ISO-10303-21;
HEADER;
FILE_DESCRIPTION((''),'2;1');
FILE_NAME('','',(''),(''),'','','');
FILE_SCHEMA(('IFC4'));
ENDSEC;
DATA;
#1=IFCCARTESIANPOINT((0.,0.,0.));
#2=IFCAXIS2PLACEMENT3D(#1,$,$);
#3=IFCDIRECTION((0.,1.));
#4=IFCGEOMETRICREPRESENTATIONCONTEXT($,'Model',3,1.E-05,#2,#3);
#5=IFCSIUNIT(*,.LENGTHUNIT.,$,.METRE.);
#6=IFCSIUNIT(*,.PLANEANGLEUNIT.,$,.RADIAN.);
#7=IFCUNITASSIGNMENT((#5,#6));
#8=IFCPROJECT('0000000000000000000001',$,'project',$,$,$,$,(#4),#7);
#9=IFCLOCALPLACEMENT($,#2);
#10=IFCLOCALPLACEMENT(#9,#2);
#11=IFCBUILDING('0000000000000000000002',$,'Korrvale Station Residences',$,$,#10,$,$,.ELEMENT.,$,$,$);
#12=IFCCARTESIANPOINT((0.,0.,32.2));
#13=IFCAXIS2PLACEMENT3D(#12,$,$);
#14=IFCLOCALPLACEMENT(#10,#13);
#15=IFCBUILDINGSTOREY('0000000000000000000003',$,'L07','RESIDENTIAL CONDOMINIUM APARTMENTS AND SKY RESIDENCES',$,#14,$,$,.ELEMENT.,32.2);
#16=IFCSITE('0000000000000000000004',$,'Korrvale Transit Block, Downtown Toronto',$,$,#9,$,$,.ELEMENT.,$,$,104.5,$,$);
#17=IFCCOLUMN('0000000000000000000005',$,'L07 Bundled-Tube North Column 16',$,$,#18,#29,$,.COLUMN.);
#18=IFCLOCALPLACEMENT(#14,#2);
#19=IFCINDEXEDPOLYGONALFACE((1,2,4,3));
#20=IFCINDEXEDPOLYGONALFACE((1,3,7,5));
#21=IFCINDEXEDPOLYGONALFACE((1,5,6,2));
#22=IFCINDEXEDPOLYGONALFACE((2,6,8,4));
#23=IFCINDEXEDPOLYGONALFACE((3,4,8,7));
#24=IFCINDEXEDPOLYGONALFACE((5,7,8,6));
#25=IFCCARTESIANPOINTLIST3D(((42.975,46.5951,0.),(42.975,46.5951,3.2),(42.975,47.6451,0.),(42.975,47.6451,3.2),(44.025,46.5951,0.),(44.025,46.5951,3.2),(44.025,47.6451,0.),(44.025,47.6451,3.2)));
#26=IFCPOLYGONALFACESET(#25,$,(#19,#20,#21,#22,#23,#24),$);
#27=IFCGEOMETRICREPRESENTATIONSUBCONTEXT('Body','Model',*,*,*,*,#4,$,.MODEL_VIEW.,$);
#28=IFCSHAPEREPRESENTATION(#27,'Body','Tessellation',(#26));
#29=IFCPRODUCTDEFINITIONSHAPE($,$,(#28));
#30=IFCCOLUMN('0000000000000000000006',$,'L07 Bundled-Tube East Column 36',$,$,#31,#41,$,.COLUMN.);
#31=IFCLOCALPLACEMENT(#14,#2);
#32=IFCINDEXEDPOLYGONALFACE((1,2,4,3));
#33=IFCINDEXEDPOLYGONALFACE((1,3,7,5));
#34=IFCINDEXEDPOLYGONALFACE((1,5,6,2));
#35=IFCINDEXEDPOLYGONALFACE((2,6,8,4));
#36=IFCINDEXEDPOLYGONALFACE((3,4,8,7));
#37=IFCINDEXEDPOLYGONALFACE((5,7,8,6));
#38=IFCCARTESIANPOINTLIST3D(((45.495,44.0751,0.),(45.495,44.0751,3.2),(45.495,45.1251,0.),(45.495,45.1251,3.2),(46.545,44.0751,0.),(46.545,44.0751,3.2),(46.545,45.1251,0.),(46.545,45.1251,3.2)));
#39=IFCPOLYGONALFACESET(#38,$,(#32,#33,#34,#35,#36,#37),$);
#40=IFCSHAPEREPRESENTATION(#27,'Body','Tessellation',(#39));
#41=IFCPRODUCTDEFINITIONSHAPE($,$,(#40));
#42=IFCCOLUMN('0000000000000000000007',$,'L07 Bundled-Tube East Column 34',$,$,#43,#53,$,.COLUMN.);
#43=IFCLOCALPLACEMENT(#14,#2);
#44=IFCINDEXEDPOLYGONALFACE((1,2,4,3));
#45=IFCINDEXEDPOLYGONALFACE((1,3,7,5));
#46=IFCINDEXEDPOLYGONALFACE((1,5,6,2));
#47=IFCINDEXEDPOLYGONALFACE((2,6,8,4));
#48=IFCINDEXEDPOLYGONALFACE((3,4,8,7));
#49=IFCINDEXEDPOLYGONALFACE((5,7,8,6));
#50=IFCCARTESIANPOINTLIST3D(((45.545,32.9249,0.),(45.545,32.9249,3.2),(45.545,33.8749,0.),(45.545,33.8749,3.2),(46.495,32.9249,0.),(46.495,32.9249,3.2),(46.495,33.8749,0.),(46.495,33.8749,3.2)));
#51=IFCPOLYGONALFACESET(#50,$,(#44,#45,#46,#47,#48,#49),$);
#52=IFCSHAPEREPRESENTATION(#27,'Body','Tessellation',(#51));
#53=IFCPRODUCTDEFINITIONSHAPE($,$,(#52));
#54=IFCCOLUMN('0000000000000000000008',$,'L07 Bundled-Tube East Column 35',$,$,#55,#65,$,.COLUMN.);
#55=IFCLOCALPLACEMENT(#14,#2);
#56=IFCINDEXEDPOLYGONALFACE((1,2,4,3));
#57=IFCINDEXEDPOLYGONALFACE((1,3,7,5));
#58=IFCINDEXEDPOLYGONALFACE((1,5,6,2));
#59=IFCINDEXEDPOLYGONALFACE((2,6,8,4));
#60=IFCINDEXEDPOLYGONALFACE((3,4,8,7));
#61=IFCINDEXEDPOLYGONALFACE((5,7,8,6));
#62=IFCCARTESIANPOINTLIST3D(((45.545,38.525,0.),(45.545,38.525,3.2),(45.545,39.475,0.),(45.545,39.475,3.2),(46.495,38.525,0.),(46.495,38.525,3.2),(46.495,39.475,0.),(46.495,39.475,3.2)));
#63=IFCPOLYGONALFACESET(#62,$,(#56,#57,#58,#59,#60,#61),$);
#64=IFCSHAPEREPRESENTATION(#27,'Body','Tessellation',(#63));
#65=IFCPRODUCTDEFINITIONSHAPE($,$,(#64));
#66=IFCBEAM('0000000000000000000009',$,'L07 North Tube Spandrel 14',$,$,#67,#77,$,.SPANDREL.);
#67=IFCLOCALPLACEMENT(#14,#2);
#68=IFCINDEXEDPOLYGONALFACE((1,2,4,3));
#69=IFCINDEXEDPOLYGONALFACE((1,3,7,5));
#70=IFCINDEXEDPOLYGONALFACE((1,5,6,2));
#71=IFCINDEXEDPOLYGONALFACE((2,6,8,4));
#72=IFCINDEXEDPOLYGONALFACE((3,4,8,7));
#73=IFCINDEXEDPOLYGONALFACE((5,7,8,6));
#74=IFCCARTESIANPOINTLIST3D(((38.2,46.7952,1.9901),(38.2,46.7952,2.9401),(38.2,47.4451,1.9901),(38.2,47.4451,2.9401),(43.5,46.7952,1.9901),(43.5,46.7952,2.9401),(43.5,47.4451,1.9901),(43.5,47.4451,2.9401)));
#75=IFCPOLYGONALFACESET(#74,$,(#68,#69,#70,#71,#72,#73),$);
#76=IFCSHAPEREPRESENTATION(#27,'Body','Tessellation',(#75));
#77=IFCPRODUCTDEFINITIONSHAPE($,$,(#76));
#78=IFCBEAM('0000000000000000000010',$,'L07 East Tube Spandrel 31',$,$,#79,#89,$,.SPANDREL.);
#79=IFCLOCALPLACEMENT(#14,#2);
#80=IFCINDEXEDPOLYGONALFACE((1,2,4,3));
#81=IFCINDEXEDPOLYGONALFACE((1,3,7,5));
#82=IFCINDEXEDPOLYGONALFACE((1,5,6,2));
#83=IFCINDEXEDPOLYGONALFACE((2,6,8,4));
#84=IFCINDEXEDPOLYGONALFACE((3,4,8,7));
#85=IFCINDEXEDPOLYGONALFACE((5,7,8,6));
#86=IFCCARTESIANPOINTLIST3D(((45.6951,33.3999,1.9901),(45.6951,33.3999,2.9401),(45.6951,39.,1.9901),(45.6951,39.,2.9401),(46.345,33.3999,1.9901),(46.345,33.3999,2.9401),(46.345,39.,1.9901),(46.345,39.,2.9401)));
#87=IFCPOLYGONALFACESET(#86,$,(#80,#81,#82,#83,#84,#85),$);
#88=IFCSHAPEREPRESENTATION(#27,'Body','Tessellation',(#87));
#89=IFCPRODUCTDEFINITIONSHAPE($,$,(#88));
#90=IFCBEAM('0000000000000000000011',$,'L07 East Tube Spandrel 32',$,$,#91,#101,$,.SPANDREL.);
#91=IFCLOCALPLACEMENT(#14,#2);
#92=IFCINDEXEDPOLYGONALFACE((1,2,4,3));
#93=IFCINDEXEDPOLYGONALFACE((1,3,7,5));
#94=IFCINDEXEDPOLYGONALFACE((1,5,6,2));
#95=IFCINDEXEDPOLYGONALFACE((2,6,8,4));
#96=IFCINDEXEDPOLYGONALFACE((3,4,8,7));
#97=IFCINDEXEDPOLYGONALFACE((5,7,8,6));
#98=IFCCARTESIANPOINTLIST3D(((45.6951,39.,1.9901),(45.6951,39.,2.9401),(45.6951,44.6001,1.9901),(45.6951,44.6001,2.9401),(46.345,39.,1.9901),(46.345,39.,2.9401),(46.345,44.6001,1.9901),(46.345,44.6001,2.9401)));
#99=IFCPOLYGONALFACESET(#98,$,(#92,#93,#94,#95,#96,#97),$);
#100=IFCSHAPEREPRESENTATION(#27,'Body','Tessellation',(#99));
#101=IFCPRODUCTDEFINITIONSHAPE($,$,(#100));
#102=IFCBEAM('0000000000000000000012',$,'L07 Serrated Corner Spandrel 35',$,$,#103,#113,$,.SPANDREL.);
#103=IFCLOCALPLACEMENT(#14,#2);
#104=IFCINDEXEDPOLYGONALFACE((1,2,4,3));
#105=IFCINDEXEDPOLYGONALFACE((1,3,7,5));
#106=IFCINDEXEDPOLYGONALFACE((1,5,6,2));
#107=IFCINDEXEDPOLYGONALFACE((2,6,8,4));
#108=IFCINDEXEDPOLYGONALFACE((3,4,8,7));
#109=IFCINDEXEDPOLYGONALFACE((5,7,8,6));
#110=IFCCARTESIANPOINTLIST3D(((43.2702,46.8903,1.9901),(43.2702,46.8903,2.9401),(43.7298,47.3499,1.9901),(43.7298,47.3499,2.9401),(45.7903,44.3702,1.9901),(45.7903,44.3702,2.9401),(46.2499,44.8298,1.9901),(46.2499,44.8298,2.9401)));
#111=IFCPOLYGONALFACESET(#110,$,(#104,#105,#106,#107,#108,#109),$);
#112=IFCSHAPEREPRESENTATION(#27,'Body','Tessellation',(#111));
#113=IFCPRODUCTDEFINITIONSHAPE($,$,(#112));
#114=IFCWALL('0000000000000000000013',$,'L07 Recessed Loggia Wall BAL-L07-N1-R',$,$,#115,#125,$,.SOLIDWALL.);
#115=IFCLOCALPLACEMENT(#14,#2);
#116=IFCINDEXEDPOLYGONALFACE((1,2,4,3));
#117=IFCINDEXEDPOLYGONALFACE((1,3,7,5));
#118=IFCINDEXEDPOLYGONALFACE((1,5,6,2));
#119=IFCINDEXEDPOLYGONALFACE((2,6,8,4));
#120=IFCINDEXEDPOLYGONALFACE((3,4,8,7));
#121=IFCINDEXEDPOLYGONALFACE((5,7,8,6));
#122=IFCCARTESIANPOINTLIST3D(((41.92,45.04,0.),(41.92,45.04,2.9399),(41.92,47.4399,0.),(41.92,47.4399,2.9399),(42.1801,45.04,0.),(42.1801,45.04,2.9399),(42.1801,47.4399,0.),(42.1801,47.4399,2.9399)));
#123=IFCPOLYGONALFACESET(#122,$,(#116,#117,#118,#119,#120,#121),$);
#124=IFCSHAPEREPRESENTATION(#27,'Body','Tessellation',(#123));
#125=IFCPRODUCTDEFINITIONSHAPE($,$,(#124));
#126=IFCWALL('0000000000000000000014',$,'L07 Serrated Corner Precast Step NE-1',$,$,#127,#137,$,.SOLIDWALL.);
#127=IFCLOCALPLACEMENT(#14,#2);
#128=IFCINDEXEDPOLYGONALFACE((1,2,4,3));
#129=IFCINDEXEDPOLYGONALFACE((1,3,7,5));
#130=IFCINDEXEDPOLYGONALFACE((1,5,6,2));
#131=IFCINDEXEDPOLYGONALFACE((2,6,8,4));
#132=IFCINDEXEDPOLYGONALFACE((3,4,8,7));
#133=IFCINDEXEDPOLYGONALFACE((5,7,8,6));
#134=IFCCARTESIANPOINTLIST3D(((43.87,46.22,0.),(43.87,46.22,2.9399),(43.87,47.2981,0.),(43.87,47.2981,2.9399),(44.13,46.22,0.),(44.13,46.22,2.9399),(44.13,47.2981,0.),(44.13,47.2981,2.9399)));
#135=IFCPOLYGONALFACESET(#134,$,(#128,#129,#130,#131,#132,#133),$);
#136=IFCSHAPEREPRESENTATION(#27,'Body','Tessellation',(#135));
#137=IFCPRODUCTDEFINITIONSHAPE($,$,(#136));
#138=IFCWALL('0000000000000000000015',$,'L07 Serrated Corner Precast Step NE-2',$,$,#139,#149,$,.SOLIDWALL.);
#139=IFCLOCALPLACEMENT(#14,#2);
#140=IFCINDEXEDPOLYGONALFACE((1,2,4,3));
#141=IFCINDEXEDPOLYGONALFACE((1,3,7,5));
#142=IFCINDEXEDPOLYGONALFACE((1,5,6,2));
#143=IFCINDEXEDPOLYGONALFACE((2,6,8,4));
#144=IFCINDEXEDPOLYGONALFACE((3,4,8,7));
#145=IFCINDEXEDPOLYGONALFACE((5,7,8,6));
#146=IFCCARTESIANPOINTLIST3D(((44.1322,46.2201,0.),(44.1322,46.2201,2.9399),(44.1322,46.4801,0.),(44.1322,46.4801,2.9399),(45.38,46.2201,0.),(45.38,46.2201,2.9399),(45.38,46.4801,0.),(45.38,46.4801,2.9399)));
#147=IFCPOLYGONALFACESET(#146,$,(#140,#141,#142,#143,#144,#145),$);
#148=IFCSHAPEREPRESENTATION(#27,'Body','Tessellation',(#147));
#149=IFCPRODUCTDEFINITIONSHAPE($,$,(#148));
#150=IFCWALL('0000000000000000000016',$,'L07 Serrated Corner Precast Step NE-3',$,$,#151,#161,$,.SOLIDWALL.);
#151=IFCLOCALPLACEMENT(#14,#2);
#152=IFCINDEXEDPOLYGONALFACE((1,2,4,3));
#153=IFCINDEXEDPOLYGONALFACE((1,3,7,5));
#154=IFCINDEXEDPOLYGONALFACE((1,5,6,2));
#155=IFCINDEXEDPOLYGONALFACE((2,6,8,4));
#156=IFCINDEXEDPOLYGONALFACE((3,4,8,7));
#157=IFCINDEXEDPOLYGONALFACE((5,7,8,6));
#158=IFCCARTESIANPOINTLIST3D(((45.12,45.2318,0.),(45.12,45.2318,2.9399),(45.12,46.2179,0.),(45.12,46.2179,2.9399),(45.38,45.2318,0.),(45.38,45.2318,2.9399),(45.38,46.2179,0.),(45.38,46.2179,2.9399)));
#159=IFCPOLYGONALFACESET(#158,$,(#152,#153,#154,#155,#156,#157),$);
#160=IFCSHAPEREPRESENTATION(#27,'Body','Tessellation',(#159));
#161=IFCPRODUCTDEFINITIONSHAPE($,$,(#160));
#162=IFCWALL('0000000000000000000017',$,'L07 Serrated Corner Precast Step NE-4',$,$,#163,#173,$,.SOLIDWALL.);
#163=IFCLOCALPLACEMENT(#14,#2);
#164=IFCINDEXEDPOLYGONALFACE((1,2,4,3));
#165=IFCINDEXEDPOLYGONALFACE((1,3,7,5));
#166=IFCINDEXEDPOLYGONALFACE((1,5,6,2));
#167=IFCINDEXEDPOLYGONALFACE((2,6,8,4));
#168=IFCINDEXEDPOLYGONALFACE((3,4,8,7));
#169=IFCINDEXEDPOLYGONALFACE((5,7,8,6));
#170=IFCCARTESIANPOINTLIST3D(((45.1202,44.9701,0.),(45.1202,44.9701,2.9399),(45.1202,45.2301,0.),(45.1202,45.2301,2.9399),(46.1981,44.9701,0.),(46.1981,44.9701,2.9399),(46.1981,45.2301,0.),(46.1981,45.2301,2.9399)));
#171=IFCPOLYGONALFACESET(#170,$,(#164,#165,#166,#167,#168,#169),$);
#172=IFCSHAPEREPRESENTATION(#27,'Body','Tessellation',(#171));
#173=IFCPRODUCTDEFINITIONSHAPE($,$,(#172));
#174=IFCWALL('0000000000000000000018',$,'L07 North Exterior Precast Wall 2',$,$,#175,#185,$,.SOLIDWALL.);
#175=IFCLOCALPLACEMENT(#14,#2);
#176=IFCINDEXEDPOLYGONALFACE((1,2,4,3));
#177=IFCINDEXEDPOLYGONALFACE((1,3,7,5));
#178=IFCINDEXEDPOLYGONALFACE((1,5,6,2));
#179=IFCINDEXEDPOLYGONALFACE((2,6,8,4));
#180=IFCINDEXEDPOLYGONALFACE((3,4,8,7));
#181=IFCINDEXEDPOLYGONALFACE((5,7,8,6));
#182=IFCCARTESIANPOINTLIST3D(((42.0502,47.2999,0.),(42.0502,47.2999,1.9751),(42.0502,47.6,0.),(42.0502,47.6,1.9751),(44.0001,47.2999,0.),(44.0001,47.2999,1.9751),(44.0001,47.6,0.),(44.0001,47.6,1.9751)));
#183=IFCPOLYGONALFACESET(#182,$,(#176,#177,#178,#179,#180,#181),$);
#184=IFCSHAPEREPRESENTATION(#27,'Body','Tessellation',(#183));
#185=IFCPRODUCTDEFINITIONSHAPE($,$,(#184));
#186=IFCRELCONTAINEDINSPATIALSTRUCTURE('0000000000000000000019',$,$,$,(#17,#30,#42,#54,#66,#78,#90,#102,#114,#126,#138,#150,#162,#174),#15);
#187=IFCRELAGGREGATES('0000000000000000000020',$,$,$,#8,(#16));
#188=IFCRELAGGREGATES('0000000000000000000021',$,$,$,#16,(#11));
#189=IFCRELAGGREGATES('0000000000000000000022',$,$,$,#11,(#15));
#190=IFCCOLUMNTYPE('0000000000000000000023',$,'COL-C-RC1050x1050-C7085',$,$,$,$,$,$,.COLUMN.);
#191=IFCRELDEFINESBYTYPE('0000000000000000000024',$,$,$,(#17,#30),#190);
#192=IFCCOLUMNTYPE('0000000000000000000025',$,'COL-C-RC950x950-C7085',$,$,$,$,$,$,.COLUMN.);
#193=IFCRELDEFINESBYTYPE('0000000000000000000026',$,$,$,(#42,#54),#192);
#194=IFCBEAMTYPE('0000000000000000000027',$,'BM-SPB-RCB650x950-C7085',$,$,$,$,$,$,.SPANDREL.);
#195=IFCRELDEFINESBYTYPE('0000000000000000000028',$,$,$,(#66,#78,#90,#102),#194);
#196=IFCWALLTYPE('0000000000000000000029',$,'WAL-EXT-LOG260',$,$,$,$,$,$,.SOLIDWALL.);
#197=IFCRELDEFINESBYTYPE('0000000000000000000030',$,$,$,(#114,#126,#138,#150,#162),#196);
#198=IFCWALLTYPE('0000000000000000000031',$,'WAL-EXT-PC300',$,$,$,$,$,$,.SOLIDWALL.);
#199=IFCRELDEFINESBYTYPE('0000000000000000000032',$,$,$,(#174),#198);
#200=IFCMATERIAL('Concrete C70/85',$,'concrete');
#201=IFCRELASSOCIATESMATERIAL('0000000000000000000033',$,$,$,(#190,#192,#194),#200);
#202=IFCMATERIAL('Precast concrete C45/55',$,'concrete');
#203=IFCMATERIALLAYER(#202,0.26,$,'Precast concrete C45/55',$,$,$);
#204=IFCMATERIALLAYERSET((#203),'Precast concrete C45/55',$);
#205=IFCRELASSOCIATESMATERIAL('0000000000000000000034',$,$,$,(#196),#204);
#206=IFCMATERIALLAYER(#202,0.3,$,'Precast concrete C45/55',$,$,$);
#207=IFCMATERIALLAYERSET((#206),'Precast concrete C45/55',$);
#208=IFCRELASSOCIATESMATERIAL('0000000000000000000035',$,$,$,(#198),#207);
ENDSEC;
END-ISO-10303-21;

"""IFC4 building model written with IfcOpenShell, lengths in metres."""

from ifc_helpers import new_model, si_unit, direction, frame, frame_2d, origin, origin_2d, place, context, subcontext, project, spatial, rectangle, extrude, material, layer, layer_set, material_profile, profile_set, type_object, element, save


model = new_model("IFC4")

# Units and contexts
model_context = context("Model", 3, precision=1e-05, world=origin(), true_north=direction((0.0, 1.0)))
body_context = subcontext(model_context, "Body", "Model", "MODEL_VIEW")
ifc_project = project(units=[si_unit("LENGTHUNIT", "METRE"), si_unit("PLANEANGLEUNIT", "RADIAN")], contexts=[model_context])

# Site, building, storey
site_placement = place(None, origin())
site = spatial("IfcSite", under=ifc_project, at=site_placement, Name="Korrvale Transit Block, Downtown Toronto", CompositionType="ELEMENT", RefElevation=104.5)
building_placement = place(site_placement, origin())
building = spatial("IfcBuilding", under=site, at=building_placement, Name="Korrvale Station Residences", CompositionType="ELEMENT")
storey_placement = place(building_placement, frame((0.0, 0.0, 32.2)))
storey = spatial("IfcBuildingStorey", under=building, at=storey_placement, Name="L07", Description="RESIDENTIAL CONDOMINIUM APARTMENTS AND SKY RESIDENCES", CompositionType="ELEMENT", Elevation=32.2)

# Columns
ifc_material_1 = material(Name="Concrete C70/85", Category="concrete")
ifc_material_profile_1 = material_profile(ifc_material_1, rectangle(XDim=1.05, YDim=1.05, at=origin_2d()), Name="RC1050x1050")
ifc_profile_set_1 = profile_set([ifc_material_profile_1], Name="Concrete C70/85")
column_type_1 = type_object("IfcColumnType", Name="COL-C-RC1050x1050-C7085", PredefinedType="COLUMN", material=ifc_profile_set_1)
for number, where, z_axis, x_axis, name in (
    (1, (43.5, 47.1201, 0.0), (0.0, 0.0, 1.0), (1.0, 0.0, 0.0), "L07 Bundled-Tube North Column 16"),
    (2, (46.02, 44.6001, 0.0), (0.0, 0.0, 1.0), (1.0, 0.0, 0.0), "L07 Bundled-Tube East Column 36"),
):
    element("IfcColumn", number, at=place(storey_placement, frame(where, z_axis=z_axis, x_axis=x_axis)), inside=storey, type_object=column_type_1, Name=name, PredefinedType="COLUMN", context=body_context, shape_type="SweptSolid", body=[
        extrude(rectangle(XDim=1.05, YDim=1.05, at=origin_2d()), origin(), (0.0, 0.0, 1.0), 3.2),
    ])
ifc_material_profile_2 = material_profile(ifc_material_1, rectangle(XDim=0.95, YDim=0.95, at=origin_2d()), Name="RC950x950")
ifc_profile_set_2 = profile_set([ifc_material_profile_2], Name="Concrete C70/85")
column_type_2 = type_object("IfcColumnType", Name="COL-C-RC950x950-C7085", PredefinedType="COLUMN", material=ifc_profile_set_2)
for number, where, z_axis, x_axis, name in (
    (3, (46.02, 33.3999, 0.0), (0.0, 0.0, 1.0), (1.0, 0.0, 0.0), "L07 Bundled-Tube East Column 34"),
    (4, (46.02, 39.0, 0.0), (0.0, 0.0, 1.0), (1.0, 0.0, 0.0), "L07 Bundled-Tube East Column 35"),
):
    element("IfcColumn", number, at=place(storey_placement, frame(where, z_axis=z_axis, x_axis=x_axis)), inside=storey, type_object=column_type_2, Name=name, PredefinedType="COLUMN", context=body_context, shape_type="SweptSolid", body=[
        extrude(rectangle(XDim=0.95, YDim=0.95, at=origin_2d()), origin(), (0.0, 0.0, 1.0), 3.2),
    ])

# Beams
ifc_material_profile_3 = material_profile(ifc_material_1, rectangle(XDim=0.6499, YDim=0.95, at=origin_2d()), Name="RCB650x950")
ifc_profile_set_3 = profile_set([ifc_material_profile_3], Name="Concrete C70/85")
beam_type = type_object("IfcBeamType", Name="BM-SPB-RCB650x950-C7085", PredefinedType="SPANDREL", material=ifc_profile_set_3)
beam_1_placement = place(storey_placement, frame((38.2, 47.1201, 2.4651), z_axis=(1.0, 0.0, 0.0), x_axis=(0.0, 1.0, 0.0)))
element("IfcBeam", 5, at=beam_1_placement, inside=storey, type_object=beam_type, Name="L07 North Tube Spandrel 14", PredefinedType="SPANDREL", context=body_context, shape_type="SweptSolid", body=[
    extrude(rectangle(XDim=0.6499, YDim=0.95, at=origin_2d()), origin(), (0.0, 0.0, 1.0), 5.3),
])
for number, where, z_axis, x_axis, name in (
    (6, (46.02, 33.3999, 2.4651), (0.0, 1.0, 0.0), (-1.0, 0.0, 0.0), "L07 East Tube Spandrel 31"),
    (7, (46.02, 39.0, 2.4651), (0.0, 1.0, 0.0), (-1.0, 0.0, 0.0), "L07 East Tube Spandrel 32"),
):
    element("IfcBeam", number, at=place(storey_placement, frame(where, z_axis=z_axis, x_axis=x_axis)), inside=storey, type_object=beam_type, Name=name, PredefinedType="SPANDREL", context=body_context, shape_type="SweptSolid", body=[
        extrude(rectangle(XDim=0.6499, YDim=0.95, at=origin_2d()), origin(), (0.0, 0.0, 1.0), 5.6001),
    ])
beam_2_placement = place(storey_placement, frame((43.5, 47.1201, 2.4651), z_axis=(0.707107, -0.707107, 0.0), x_axis=(0.707107, 0.707107, 0.0)))
element("IfcBeam", 8, at=beam_2_placement, inside=storey, type_object=beam_type, Name="L07 Serrated Corner Spandrel 35", PredefinedType="SPANDREL", context=body_context, shape_type="SweptSolid", body=[
    extrude(rectangle(XDim=0.6499, YDim=0.95, at=origin_2d()), origin(), (0.0, 0.0, 1.0), 3.564),
])

# Walls
ifc_material_2 = material(Name="Precast concrete C45/55", Category="concrete")
ifc_layer_1 = layer(ifc_material_2, 0.26, Name="Precast concrete C45/55")
ifc_layer_set_1 = layer_set([ifc_layer_1], Name="Precast concrete C45/55")
wall_type_1 = type_object("IfcWallType", Name="WAL-EXT-LOG260", PredefinedType="SOLIDWALL", material=ifc_layer_set_1)
wall_1_placement = place(storey_placement, frame((42.05, 45.04, 0.0), z_axis=(0.0, 0.0, 1.0), x_axis=(0.0, 1.0, 0.0)))
element("IfcWall", 9, at=wall_1_placement, inside=storey, type_object=wall_type_1, Name="L07 Recessed Loggia Wall BAL-L07-N1-R", PredefinedType="SOLIDWALL", context=body_context, shape_type="SweptSolid", body=[
    extrude(rectangle(XDim=2.3999, YDim=0.26, at=frame_2d((1.2, 0.0))), origin(), (0.0, 0.0, 1.0), 2.9399),
])
wall_2_placement = place(storey_placement, frame((44.0, 47.2981, 0.0), z_axis=(0.0, 0.0, 1.0), x_axis=(0.0, -1.0, 0.0)))
element("IfcWall", 10, at=wall_2_placement, inside=storey, type_object=wall_type_1, Name="L07 Serrated Corner Precast Step NE-1", PredefinedType="SOLIDWALL", context=body_context, shape_type="SweptSolid", body=[
    extrude(rectangle(XDim=1.0781, YDim=0.26, at=frame_2d((0.5391, 0.0))), origin(), (0.0, 0.0, 1.0), 2.9399),
])
wall_3_placement = place(storey_placement, frame((44.1321, 46.3501, 0.0), z_axis=(0.0, 0.0, 1.0), x_axis=(1.0, 0.0, 0.0)))
element("IfcWall", 11, at=wall_3_placement, inside=storey, type_object=wall_type_1, Name="L07 Serrated Corner Precast Step NE-2", PredefinedType="SOLIDWALL", context=body_context, shape_type="SweptSolid", body=[
    extrude(rectangle(XDim=1.2478, YDim=0.26, at=frame_2d((0.624, 0.0))), origin(), (0.0, 0.0, 1.0), 2.9399),
])
wall_4_placement = place(storey_placement, frame((45.25, 46.218, 0.0), z_axis=(0.0, 0.0, 1.0), x_axis=(0.0, -1.0, 0.0)))
element("IfcWall", 12, at=wall_4_placement, inside=storey, type_object=wall_type_1, Name="L07 Serrated Corner Precast Step NE-3", PredefinedType="SOLIDWALL", context=body_context, shape_type="SweptSolid", body=[
    extrude(rectangle(XDim=0.9861, YDim=0.26, at=frame_2d((0.4932, 0.0))), origin(), (0.0, 0.0, 1.0), 2.9399),
])
wall_5_placement = place(storey_placement, frame((45.1201, 45.1001, 0.0), z_axis=(0.0, 0.0, 1.0), x_axis=(1.0, 0.0, 0.0)))
element("IfcWall", 13, at=wall_5_placement, inside=storey, type_object=wall_type_1, Name="L07 Serrated Corner Precast Step NE-4", PredefinedType="SOLIDWALL", context=body_context, shape_type="SweptSolid", body=[
    extrude(rectangle(XDim=1.0779, YDim=0.26, at=frame_2d((0.5391, 0.0))), origin(), (0.0, 0.0, 1.0), 2.9399),
])
ifc_layer_2 = layer(ifc_material_2, 0.3, Name="Precast concrete C45/55")
ifc_layer_set_2 = layer_set([ifc_layer_2], Name="Precast concrete C45/55")
wall_type_2 = type_object("IfcWallType", Name="WAL-EXT-PC300", PredefinedType="SOLIDWALL", material=ifc_layer_set_2)
wall_6_placement = place(storey_placement, frame((42.05, 47.45, 0.0), z_axis=(0.0, 0.0, 1.0), x_axis=(1.0, 0.0, 0.0)))
element("IfcWall", 14, at=wall_6_placement, inside=storey, type_object=wall_type_2, Name="L07 North Exterior Precast Wall 2", PredefinedType="SOLIDWALL", context=body_context, shape_type="SweptSolid", body=[
    extrude(rectangle(XDim=1.95, YDim=0.3, at=frame_2d((0.9751, 0.0))), origin(), (0.0, 0.0, 1.0), 1.9751),
])

save(model, "model.ifc")
